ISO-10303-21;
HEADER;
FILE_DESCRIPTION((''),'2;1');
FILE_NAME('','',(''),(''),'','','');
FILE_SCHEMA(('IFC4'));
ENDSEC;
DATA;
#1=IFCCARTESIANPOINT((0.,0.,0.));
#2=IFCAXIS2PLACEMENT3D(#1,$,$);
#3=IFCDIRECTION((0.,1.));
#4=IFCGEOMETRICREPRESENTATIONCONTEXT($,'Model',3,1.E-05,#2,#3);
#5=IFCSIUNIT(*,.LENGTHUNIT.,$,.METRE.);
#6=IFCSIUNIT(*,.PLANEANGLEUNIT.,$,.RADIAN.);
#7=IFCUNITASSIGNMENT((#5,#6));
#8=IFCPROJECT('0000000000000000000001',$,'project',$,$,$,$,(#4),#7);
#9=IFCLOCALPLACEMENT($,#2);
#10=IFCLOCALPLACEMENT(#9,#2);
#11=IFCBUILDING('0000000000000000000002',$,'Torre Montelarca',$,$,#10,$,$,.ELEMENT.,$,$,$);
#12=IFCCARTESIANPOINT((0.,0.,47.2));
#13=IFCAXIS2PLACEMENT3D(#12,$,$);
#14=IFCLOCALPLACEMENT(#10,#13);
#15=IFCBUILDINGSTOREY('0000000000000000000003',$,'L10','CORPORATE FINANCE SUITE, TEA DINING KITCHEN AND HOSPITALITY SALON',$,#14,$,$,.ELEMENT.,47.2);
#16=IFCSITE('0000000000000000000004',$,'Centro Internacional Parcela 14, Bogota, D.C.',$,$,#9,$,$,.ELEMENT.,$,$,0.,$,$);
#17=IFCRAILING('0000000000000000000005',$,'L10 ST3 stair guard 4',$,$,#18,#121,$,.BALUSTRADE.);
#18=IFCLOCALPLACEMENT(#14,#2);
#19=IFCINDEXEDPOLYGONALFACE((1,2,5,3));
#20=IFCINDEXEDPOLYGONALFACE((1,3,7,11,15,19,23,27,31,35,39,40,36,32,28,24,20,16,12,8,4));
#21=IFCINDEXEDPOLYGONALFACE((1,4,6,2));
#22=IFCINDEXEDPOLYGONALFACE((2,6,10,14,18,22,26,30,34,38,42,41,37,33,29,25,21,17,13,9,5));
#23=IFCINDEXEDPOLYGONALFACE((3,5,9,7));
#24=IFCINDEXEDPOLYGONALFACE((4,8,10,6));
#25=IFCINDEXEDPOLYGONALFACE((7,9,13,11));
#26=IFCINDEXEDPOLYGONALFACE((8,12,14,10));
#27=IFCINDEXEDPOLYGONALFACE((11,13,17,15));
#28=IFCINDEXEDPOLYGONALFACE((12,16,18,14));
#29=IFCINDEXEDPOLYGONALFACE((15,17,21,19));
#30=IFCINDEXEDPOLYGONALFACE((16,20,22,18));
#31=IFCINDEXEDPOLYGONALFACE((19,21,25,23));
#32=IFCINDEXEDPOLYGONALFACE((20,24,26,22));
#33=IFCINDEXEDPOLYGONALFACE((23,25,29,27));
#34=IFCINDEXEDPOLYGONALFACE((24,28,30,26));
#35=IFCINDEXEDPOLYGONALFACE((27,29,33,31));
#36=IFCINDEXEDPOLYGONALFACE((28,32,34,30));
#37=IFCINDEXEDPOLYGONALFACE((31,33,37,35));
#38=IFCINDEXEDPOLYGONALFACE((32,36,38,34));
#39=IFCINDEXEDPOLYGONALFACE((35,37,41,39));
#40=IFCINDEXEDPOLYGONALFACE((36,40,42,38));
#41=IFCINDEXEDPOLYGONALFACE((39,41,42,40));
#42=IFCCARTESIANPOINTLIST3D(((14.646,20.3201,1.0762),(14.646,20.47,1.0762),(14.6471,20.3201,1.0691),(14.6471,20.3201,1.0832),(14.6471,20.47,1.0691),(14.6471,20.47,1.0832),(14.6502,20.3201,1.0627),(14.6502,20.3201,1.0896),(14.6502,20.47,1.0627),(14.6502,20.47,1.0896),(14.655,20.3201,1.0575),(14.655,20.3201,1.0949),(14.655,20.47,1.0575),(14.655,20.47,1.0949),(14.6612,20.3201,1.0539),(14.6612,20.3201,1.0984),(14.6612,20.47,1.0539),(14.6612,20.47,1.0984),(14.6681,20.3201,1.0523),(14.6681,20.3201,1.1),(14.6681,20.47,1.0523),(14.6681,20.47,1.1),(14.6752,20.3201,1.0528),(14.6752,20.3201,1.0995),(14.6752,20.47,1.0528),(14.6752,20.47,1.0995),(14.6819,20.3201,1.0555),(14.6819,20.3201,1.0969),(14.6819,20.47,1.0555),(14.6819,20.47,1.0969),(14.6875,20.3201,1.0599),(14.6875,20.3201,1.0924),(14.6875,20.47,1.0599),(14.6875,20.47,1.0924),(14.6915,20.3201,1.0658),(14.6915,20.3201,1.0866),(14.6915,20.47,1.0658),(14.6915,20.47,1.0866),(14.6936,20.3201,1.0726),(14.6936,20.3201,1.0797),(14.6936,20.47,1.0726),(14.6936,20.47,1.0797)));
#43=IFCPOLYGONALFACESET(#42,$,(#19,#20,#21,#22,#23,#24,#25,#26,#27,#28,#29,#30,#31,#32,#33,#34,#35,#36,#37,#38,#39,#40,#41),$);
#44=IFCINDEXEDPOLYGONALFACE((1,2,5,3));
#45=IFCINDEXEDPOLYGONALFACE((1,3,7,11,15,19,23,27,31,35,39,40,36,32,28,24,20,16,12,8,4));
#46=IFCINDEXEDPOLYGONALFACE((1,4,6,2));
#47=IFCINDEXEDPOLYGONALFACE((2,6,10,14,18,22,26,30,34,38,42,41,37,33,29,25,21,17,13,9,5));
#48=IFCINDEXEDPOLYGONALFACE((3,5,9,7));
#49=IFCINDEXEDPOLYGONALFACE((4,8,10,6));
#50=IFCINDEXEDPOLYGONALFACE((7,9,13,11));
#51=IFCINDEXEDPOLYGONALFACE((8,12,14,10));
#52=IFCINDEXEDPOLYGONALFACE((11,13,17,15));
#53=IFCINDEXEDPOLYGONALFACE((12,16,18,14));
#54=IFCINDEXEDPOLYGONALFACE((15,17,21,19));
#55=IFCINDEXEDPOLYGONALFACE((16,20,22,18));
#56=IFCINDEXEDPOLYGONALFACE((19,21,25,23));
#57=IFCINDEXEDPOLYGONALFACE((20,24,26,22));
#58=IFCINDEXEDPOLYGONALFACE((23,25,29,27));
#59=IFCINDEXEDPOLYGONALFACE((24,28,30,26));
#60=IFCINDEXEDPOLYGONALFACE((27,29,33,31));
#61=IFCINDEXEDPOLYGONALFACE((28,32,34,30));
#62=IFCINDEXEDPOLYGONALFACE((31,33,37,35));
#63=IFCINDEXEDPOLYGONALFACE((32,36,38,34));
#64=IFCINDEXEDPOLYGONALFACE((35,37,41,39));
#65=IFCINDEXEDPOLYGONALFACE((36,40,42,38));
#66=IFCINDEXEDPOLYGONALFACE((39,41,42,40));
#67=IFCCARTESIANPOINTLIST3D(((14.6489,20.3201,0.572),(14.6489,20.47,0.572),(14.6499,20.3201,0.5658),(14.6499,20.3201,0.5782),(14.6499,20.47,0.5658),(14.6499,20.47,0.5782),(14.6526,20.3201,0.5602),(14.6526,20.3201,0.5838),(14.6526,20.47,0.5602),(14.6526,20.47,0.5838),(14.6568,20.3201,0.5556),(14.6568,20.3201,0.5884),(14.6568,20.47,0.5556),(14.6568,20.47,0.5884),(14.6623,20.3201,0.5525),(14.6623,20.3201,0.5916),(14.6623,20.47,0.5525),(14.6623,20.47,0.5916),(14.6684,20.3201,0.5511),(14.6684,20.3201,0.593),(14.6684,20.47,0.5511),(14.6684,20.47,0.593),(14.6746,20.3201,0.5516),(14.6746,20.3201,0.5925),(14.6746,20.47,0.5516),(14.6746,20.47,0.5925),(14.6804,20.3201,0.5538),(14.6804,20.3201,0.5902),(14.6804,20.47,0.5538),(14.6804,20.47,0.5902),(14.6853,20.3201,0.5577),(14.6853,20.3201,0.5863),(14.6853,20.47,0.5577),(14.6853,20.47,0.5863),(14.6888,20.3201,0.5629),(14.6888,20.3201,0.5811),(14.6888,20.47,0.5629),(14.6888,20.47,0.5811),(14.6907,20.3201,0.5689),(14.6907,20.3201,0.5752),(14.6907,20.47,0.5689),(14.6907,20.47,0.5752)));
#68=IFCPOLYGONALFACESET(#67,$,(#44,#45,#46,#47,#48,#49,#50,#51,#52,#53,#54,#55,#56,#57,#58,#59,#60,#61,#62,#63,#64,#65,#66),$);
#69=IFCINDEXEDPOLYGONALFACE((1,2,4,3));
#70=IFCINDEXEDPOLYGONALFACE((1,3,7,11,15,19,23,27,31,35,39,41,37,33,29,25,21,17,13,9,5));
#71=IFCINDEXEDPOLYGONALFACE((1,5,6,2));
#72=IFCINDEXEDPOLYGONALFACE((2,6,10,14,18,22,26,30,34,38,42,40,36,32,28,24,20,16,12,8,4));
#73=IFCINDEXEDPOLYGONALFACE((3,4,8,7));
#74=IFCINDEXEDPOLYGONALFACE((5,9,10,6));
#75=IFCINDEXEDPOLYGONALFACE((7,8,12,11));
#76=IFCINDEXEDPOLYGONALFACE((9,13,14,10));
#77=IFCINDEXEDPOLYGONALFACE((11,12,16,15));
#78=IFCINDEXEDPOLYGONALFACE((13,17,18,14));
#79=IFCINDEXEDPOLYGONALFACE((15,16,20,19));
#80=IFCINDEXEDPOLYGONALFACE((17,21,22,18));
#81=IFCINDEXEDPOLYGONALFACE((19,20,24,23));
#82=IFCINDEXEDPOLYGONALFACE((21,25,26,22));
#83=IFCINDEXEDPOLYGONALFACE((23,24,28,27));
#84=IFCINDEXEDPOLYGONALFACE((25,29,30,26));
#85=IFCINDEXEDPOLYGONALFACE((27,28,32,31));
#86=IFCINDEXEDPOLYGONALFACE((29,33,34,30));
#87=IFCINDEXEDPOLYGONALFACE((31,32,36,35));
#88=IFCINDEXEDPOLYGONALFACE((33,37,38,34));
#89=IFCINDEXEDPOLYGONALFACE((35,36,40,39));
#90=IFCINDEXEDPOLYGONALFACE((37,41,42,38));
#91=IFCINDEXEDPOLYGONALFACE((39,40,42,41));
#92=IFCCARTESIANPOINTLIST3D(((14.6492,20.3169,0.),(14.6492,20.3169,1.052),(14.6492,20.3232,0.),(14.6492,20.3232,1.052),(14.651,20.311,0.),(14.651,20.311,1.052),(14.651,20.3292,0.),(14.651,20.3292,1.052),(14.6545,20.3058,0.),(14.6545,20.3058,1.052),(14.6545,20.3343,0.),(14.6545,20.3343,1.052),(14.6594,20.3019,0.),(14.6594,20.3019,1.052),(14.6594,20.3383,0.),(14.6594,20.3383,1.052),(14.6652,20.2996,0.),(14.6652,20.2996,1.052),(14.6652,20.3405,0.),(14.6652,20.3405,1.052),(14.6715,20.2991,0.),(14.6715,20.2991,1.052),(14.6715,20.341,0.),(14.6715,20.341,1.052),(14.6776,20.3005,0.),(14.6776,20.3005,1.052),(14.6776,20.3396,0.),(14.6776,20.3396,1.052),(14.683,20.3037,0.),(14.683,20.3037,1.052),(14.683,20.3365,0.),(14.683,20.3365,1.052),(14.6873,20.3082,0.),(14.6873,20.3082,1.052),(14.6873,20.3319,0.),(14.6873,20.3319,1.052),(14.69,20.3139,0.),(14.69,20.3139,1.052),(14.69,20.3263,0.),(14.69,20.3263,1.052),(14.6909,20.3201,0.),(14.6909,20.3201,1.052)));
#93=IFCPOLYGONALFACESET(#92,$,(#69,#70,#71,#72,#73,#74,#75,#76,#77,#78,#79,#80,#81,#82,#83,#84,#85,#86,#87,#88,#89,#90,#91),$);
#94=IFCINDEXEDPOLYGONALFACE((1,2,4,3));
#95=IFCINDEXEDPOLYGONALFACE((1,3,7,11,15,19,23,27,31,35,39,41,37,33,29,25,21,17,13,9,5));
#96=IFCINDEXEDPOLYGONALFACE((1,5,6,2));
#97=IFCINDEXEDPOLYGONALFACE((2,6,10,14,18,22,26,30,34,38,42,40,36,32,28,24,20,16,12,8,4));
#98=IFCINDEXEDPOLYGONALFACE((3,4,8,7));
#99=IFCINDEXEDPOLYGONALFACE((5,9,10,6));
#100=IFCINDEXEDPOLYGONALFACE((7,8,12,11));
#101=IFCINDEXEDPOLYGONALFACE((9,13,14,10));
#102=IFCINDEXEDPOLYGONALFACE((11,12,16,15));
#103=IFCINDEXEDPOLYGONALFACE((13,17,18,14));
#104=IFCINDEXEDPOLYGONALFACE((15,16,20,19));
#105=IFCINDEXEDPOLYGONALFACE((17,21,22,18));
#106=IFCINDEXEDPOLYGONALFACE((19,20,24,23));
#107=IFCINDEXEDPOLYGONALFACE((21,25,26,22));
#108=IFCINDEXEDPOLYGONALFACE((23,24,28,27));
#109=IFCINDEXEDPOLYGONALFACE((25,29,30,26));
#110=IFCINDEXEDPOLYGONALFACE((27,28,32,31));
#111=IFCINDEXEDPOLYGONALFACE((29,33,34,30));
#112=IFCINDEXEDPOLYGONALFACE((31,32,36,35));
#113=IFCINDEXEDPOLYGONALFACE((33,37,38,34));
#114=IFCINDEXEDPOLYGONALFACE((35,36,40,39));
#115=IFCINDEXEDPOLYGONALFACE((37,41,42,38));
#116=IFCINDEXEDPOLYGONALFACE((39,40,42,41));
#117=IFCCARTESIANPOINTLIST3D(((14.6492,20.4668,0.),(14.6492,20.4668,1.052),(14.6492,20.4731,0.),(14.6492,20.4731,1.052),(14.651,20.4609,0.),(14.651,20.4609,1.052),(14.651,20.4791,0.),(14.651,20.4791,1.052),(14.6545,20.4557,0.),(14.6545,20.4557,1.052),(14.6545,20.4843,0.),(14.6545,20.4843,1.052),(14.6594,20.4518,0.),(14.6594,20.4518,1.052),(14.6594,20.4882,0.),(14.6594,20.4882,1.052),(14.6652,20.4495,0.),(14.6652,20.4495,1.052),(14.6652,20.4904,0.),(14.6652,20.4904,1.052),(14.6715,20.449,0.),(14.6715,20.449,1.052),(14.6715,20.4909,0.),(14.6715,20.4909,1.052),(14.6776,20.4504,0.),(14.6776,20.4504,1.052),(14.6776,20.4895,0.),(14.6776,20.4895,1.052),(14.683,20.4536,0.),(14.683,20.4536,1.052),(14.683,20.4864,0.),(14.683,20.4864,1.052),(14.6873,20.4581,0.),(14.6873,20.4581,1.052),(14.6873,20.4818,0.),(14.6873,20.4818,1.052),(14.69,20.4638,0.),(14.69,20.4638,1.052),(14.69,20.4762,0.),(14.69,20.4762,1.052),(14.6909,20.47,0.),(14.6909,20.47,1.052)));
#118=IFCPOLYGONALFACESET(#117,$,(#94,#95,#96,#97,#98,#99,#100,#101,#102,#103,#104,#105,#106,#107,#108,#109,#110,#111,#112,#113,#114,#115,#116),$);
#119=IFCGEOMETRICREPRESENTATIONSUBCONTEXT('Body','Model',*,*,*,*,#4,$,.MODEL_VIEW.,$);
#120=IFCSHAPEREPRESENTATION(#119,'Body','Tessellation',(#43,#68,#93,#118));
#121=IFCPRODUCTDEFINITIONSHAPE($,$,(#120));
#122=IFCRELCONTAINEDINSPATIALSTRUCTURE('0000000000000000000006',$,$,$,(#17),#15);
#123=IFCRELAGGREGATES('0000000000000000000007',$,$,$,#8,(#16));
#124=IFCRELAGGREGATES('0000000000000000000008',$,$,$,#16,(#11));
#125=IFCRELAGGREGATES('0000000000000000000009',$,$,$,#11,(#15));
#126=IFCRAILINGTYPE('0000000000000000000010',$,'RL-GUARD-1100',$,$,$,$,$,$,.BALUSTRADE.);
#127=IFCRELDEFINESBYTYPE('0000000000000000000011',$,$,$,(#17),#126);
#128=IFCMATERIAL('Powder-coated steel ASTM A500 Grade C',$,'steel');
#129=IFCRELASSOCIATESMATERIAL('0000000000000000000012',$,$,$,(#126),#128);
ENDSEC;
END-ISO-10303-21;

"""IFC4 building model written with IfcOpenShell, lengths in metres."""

from ifc_helpers import new_model, si_unit, direction, frame, origin, origin_2d, place, context, subcontext, project, spatial, circle, extrude, material, type_object, element, save


model = new_model("IFC4")

# Units and contexts
model_context = context("Model", 3, precision=1e-05, world=origin(), true_north=direction((0.0, 1.0)))
body_context = subcontext(model_context, "Body", "Model", "MODEL_VIEW")
ifc_project = project(units=[si_unit("LENGTHUNIT", "METRE"), si_unit("PLANEANGLEUNIT", "RADIAN")], contexts=[model_context])

# Site, building, storey
site_placement = place(None, origin())
site = spatial("IfcSite", under=ifc_project, at=site_placement, Name="Centro Internacional Parcela 14, Bogota, D.C.", CompositionType="ELEMENT", RefElevation=0.0)
building_placement = place(site_placement, origin())
building = spatial("IfcBuilding", under=site, at=building_placement, Name="Torre Montelarca", CompositionType="ELEMENT")
storey_placement = place(building_placement, frame((0.0, 0.0, 47.2)))
storey = spatial("IfcBuildingStorey", under=building, at=storey_placement, Name="L10", Description="CORPORATE FINANCE SUITE, TEA DINING KITCHEN AND HOSPITALITY SALON", CompositionType="ELEMENT", Elevation=47.2)

# Railing
ifc_material_1 = material(Name="Powder-coated steel ASTM A500 Grade C", Category="steel")
railing_type_1 = type_object("IfcRailingType", Name="RL-GUARD-1100", PredefinedType="BALUSTRADE", material=ifc_material_1)
railing_1_placement = place(storey_placement, frame((14.6699, 20.3201, 0.0)))
element("IfcRailing", 1, at=railing_1_placement, inside=storey, type_object=railing_type_1, Name="L10 ST3 stair guard 4", PredefinedType="BALUSTRADE", context=body_context, shape_type="SweptSolid", body=[
    extrude(circle(Radius=0.0239, at=origin_2d()), frame((0.0, 0.0, 1.0762), z_axis=(0.0, 1.0, 0.0), x_axis=(-1.0, 0.0, 0.0)), (0.0, 0.0, 1.0), 0.1499),
    extrude(circle(Radius=0.021, at=origin_2d()), frame((0.0, 0.0, 0.572), z_axis=(0.0, 1.0, 0.0), x_axis=(-1.0, 0.0, 0.0)), (0.0, 0.0, 1.0), 0.1499),
    extrude(circle(Radius=0.021, at=origin_2d()), origin(), (0.0, 0.0, 1.0), 1.052),
    extrude(circle(Radius=0.021, at=origin_2d()), frame((0.0, 0.1499, 0.0)), (0.0, 0.0, 1.0), 1.052),
])

save(model, "model.ifc")
